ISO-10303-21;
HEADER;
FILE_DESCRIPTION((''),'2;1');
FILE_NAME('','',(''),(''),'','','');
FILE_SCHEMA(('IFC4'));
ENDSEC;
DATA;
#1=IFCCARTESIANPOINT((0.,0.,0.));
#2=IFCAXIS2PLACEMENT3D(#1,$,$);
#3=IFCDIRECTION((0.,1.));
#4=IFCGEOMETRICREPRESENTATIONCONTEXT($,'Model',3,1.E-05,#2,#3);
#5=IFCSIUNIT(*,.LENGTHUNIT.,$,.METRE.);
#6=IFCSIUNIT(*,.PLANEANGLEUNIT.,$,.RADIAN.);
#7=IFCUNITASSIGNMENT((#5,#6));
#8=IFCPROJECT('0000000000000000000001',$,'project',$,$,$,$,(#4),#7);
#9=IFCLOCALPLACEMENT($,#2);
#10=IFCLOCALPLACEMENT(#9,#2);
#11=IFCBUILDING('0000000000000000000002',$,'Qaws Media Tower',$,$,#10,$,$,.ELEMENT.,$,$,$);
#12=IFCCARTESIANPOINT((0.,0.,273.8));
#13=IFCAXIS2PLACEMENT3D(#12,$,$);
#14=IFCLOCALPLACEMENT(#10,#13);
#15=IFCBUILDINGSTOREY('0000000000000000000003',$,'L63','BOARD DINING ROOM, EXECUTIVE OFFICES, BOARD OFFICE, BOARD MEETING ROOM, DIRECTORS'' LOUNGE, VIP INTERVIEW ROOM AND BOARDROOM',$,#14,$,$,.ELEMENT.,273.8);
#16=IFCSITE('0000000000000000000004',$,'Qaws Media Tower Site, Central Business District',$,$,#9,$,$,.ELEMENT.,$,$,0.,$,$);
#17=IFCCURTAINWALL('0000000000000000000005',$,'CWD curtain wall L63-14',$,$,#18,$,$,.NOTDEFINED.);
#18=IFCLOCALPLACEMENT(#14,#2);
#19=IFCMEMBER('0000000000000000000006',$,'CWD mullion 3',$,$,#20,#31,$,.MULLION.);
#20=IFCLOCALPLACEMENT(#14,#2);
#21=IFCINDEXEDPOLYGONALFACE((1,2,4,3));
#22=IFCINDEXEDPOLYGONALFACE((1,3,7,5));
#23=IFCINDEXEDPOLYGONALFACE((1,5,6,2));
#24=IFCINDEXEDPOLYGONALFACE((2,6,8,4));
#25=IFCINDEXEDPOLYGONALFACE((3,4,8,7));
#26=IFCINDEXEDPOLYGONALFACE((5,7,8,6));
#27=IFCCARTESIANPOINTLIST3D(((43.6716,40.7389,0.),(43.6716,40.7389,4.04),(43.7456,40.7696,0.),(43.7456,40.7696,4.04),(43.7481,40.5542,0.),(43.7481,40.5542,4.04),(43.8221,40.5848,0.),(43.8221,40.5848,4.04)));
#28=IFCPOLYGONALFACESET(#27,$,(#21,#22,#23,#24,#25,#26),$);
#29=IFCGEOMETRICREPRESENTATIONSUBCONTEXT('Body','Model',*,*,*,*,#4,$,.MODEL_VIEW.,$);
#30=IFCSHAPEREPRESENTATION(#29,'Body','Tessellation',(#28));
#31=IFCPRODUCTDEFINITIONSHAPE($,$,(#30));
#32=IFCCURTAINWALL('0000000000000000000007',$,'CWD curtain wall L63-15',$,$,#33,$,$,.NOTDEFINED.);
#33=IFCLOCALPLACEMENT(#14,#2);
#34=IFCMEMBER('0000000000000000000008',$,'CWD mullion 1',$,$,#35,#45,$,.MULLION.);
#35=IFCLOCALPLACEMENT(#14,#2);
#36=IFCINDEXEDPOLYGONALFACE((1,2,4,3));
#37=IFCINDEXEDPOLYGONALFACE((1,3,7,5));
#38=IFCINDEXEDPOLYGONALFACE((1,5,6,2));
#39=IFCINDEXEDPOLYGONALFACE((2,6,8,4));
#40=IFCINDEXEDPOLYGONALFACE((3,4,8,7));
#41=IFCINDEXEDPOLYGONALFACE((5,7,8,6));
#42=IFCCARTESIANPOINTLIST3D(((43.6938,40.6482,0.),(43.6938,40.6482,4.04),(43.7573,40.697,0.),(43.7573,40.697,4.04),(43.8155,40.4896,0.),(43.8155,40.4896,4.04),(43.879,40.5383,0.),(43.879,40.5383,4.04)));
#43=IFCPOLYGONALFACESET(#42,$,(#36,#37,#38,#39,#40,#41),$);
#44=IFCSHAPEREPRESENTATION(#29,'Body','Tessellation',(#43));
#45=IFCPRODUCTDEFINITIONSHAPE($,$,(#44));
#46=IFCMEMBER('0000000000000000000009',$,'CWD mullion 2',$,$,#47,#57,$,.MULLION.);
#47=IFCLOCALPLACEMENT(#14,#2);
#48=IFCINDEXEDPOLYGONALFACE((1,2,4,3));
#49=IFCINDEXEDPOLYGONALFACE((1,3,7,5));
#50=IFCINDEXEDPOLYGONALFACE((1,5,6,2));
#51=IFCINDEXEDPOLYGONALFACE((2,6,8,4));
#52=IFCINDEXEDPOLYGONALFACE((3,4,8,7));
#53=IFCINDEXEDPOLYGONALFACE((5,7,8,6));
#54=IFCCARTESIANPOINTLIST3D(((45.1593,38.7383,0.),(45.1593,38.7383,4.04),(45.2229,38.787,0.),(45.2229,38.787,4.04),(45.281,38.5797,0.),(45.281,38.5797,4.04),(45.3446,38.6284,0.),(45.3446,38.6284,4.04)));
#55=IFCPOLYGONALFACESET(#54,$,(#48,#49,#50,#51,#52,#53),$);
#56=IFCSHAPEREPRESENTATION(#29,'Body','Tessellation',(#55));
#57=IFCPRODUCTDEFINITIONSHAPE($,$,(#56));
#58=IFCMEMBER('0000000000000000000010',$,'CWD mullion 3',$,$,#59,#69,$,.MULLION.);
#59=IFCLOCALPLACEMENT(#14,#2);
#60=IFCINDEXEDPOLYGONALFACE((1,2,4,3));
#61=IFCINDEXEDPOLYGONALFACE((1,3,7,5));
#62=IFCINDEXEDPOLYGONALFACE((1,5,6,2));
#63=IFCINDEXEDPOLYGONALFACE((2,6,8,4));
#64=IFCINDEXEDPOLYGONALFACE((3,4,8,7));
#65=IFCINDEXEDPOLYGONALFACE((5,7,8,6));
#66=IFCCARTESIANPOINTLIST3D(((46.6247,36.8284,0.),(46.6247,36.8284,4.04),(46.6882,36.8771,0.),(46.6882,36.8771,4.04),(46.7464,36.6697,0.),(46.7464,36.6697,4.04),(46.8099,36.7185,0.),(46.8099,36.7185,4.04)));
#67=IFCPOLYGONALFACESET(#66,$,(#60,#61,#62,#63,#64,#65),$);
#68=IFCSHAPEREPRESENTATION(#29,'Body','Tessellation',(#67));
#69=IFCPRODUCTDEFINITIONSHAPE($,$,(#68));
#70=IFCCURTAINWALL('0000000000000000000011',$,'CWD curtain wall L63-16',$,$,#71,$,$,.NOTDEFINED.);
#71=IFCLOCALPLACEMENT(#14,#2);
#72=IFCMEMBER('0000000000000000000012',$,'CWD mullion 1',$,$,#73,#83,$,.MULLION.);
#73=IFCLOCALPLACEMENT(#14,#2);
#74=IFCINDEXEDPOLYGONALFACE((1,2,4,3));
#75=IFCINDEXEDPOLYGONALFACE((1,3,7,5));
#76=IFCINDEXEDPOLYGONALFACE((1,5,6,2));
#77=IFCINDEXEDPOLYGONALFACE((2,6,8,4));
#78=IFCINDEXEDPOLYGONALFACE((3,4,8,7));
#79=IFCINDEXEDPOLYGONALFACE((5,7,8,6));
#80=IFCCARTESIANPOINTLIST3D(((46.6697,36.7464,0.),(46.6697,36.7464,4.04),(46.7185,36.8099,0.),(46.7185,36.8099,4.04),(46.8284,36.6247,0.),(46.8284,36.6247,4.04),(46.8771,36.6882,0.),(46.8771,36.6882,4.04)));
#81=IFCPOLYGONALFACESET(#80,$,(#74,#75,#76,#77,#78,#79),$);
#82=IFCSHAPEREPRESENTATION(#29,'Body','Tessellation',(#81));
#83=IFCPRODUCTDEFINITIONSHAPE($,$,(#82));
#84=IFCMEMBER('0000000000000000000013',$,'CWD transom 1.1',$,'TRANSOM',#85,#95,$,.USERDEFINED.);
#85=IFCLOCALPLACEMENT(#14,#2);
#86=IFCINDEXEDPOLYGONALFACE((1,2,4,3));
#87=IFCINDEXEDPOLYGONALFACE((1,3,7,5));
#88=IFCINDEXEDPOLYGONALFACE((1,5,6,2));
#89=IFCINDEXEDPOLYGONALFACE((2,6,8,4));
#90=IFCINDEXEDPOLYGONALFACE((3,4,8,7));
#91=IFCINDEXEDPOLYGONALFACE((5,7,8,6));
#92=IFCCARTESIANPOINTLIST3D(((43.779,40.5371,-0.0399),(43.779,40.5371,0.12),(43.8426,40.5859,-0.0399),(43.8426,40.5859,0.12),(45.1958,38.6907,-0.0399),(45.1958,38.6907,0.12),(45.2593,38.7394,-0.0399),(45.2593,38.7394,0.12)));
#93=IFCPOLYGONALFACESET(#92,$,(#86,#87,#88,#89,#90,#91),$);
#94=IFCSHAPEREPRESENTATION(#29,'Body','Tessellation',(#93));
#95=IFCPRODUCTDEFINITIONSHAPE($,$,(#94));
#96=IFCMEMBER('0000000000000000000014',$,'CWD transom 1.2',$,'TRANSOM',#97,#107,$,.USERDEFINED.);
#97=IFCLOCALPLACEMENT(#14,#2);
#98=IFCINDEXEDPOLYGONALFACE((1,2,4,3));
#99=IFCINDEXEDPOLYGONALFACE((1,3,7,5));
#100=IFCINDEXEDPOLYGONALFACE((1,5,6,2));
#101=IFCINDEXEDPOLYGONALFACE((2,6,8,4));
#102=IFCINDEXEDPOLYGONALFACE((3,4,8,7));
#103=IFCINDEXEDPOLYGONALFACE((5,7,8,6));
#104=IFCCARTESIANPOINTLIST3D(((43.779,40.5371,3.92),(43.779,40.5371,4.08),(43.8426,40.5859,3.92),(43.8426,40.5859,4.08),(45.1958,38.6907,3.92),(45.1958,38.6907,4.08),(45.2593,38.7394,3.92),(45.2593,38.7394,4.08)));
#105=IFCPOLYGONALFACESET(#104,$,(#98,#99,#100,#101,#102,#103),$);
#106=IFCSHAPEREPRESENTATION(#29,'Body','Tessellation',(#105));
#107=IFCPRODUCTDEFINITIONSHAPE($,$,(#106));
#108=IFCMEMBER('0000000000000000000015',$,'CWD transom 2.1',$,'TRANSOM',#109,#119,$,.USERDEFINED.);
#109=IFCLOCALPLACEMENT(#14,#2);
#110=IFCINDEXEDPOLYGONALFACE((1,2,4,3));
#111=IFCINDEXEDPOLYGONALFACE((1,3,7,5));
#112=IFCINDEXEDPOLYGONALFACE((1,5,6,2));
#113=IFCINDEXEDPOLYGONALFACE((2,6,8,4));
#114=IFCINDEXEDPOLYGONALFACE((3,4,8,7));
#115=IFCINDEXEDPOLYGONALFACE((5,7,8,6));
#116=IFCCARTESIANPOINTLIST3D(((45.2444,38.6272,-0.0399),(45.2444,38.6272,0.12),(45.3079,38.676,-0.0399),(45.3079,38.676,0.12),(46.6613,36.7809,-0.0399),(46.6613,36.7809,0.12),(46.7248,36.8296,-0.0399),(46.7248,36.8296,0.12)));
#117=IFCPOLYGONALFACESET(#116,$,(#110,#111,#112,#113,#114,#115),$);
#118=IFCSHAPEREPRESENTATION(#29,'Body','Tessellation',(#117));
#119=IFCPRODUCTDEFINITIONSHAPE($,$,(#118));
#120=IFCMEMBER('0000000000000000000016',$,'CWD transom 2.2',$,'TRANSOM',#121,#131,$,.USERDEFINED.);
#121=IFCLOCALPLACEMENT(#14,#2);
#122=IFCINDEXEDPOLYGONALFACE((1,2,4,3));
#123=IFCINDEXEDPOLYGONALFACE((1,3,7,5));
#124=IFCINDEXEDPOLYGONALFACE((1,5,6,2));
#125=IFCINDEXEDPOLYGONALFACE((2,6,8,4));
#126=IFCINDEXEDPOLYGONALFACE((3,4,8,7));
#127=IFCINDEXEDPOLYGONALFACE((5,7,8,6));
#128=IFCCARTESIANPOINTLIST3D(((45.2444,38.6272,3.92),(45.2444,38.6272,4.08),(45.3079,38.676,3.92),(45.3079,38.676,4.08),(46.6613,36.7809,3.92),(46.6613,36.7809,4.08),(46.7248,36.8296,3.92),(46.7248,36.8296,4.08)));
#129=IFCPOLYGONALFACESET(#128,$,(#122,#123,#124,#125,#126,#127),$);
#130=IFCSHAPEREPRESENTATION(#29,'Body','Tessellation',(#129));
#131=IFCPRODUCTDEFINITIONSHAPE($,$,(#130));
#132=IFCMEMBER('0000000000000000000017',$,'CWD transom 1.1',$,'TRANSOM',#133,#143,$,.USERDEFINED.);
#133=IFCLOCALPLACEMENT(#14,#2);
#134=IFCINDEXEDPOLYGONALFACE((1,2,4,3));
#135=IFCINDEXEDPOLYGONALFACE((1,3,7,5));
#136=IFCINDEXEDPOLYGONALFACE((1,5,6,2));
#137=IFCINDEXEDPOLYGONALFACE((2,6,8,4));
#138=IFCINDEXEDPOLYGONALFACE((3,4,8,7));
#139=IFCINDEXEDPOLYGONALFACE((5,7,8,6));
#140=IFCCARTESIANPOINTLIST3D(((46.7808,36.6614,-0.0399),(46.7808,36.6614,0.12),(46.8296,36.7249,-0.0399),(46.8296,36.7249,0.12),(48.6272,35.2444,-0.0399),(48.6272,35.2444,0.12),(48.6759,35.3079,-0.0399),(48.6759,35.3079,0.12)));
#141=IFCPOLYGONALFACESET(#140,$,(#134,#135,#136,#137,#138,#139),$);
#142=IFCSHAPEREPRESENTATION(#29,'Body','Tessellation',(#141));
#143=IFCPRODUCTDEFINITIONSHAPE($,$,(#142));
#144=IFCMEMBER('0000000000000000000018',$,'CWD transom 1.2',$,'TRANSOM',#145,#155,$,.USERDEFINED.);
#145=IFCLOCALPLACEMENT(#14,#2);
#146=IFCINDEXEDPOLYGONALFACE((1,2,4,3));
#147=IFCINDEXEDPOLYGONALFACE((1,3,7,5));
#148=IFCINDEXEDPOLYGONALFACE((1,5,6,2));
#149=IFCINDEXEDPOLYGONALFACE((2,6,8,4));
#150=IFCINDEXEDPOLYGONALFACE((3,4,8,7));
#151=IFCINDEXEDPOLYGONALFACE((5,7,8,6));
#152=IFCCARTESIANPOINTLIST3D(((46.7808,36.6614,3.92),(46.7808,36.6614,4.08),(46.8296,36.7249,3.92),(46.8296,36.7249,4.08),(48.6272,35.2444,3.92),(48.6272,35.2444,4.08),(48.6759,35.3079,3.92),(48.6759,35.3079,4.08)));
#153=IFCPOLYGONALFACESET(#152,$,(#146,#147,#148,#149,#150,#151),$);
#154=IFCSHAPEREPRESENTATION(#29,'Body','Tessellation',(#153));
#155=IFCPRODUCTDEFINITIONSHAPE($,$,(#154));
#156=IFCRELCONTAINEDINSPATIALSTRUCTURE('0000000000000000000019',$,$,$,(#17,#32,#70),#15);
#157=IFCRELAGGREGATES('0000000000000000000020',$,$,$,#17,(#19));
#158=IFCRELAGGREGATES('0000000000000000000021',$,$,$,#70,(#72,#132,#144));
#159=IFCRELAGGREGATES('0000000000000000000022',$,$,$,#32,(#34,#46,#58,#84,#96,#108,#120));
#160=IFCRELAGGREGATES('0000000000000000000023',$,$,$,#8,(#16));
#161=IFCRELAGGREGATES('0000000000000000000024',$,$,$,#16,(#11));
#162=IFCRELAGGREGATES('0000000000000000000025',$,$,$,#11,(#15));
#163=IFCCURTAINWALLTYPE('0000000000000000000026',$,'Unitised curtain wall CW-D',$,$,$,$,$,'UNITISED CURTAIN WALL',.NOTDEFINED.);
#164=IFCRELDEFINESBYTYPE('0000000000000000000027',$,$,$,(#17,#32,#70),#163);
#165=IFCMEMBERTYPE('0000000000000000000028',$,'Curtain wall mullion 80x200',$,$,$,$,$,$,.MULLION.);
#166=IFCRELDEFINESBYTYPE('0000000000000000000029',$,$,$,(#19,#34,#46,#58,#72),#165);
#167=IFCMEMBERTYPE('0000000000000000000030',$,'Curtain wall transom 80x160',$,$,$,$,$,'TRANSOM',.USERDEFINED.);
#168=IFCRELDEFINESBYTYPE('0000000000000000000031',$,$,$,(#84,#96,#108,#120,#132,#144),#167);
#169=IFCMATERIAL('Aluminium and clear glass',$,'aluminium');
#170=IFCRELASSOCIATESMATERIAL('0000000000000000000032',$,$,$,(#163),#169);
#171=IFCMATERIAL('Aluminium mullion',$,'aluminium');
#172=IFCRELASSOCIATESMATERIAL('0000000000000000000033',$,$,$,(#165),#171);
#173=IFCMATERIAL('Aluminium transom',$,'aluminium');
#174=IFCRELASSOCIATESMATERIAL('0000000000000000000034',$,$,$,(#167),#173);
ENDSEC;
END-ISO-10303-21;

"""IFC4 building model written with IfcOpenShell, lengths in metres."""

from ifc_helpers import new_model, si_unit, direction, frame, origin, origin_2d, place, context, subcontext, project, spatial, rectangle, extrude, material, material_profile, profile_set, type_object, element, aggregate, save


model = new_model("IFC4")

# Units and contexts
model_context = context("Model", 3, precision=1e-05, world=origin(), true_north=direction((0.0, 1.0)))
body_context = subcontext(model_context, "Body", "Model", "MODEL_VIEW")
ifc_project = project(units=[si_unit("LENGTHUNIT", "METRE"), si_unit("PLANEANGLEUNIT", "RADIAN")], contexts=[model_context])

# Site, building, storey
site_placement = place(None, origin())
site = spatial("IfcSite", under=ifc_project, at=site_placement, Name="Qaws Media Tower Site, Central Business District", CompositionType="ELEMENT", RefElevation=0.0)
building_placement = place(site_placement, origin())
building = spatial("IfcBuilding", under=site, at=building_placement, Name="Qaws Media Tower", CompositionType="ELEMENT")
storey_placement = place(building_placement, frame((0.0, 0.0, 273.8)))
storey = spatial("IfcBuildingStorey", under=building, at=storey_placement, Name="L63", Description="BOARD DINING ROOM, EXECUTIVE OFFICES, BOARD OFFICE, BOARD MEETING ROOM, DIRECTORS' LOUNGE, VIP INTERVIEW ROOM AND BOARDROOM", CompositionType="ELEMENT", Elevation=273.8)

# Curtain wall, member
ifc_material_1 = material(Name="Aluminium and clear glass", Category="aluminium")
curtain_wall_type = type_object("IfcCurtainWallType", Name="Unitised curtain wall CW-D", ElementType="UNITISED CURTAIN WALL", PredefinedType="NOTDEFINED", material=ifc_material_1)
curtain_wall_1_placement = place(storey_placement, origin())
curtain_wall_1 = element("IfcCurtainWall", 1, at=curtain_wall_1_placement, inside=storey, type_object=curtain_wall_type, Name="CWD curtain wall L63-14", PredefinedType="NOTDEFINED")
ifc_material_2 = material(Name="Aluminium mullion", Category="aluminium")
ifc_material_profile_1 = material_profile(ifc_material_2, rectangle(XDim=0.0801, YDim=0.2, at=origin_2d()), Name="80x200")
ifc_profile_set_1 = profile_set([ifc_material_profile_1], Name="Aluminium mullion")
member_type_1 = type_object("IfcMemberType", Name="Curtain wall mullion 80x200", PredefinedType="MULLION", material=ifc_profile_set_1)
member_1_placement = place(storey_placement, frame((43.7468, 40.6619, 0.0), z_axis=(0.0, 0.0, 1.0), x_axis=(0.92388, 0.382683, 0.0)))
member_1 = element("IfcMember", 2, at=member_1_placement, type_object=member_type_1, Name="CWD mullion 3", PredefinedType="MULLION", context=body_context, shape_type="SweptSolid", body=[
    extrude(rectangle(XDim=0.0801, YDim=0.2, at=origin_2d()), origin(), (0.0, 0.0, 1.0), 4.04),
])
aggregate(curtain_wall_1, [member_1])

# Curtain wall, members
curtain_wall_2_placement = place(storey_placement, origin())
curtain_wall_2 = element("IfcCurtainWall", 3, at=curtain_wall_2_placement, inside=storey, type_object=curtain_wall_type, Name="CWD curtain wall L63-15", PredefinedType="NOTDEFINED")
member_2_placement = place(storey_placement, frame((43.7864, 40.5933, 0.0), z_axis=(0.0, 0.0, 1.0), x_axis=(0.793353, 0.608761, 0.0)))
member_2 = element("IfcMember", 4, at=member_2_placement, type_object=member_type_1, Name="CWD mullion 1", PredefinedType="MULLION", context=body_context, shape_type="SweptSolid", body=[
    extrude(rectangle(XDim=0.0801, YDim=0.2, at=origin_2d()), origin(), (0.0, 0.0, 1.0), 4.04),
])
member_3_placement = place(storey_placement, frame((45.252, 38.6833, 0.0), z_axis=(0.0, 0.0, 1.0), x_axis=(0.793353, 0.608761, 0.0)))
member_3 = element("IfcMember", 5, at=member_3_placement, type_object=member_type_1, Name="CWD mullion 2", PredefinedType="MULLION", context=body_context, shape_type="SweptSolid", body=[
    extrude(rectangle(XDim=0.0801, YDim=0.2, at=origin_2d()), origin(), (0.0, 0.0, 1.0), 4.04),
])
member_4_placement = place(storey_placement, frame((46.7173, 36.7734, 0.0), z_axis=(0.0, 0.0, 1.0), x_axis=(0.793353, 0.608761, 0.0)))
member_4 = element("IfcMember", 6, at=member_4_placement, type_object=member_type_1, Name="CWD mullion 3", PredefinedType="MULLION", context=body_context, shape_type="SweptSolid", body=[
    extrude(rectangle(XDim=0.0801, YDim=0.2, at=origin_2d()), origin(), (0.0, 0.0, 1.0), 4.04),
])

# Curtain wall, member
curtain_wall_3_placement = place(storey_placement, origin())
curtain_wall_3 = element("IfcCurtainWall", 7, at=curtain_wall_3_placement, inside=storey, type_object=curtain_wall_type, Name="CWD curtain wall L63-16", PredefinedType="NOTDEFINED")
member_5_placement = place(storey_placement, frame((46.7734, 36.7173, 0.0), z_axis=(0.0, 0.0, 1.0), x_axis=(0.608761, 0.793353, 0.0)))
member_5 = element("IfcMember", 8, at=member_5_placement, type_object=member_type_1, Name="CWD mullion 1", PredefinedType="MULLION", context=body_context, shape_type="SweptSolid", body=[
    extrude(rectangle(XDim=0.0801, YDim=0.2, at=origin_2d()), origin(), (0.0, 0.0, 1.0), 4.04),
])

# Members
ifc_material_3 = material(Name="Aluminium transom", Category="aluminium")
ifc_material_profile_2 = material_profile(ifc_material_3, rectangle(XDim=0.0801, YDim=0.1599, at=origin_2d()), Name="80x160")
ifc_profile_set_2 = profile_set([ifc_material_profile_2], Name="Aluminium transom")
member_type_2 = type_object("IfcMemberType", Name="Curtain wall transom 80x160", ElementType="TRANSOM", PredefinedType="USERDEFINED", material=ifc_profile_set_2)
member_6_placement = place(storey_placement, frame((43.8108, 40.5615, 0.04), z_axis=(0.608742, -0.793368, 0.0), x_axis=(0.793368, 0.608742, 0.0)))
member_6 = element("IfcMember", 9, at=member_6_placement, type_object=member_type_2, Name="CWD transom 1.1", ObjectType="TRANSOM", PredefinedType="USERDEFINED", context=body_context, shape_type="SweptSolid", body=[
    extrude(rectangle(XDim=0.0801, YDim=0.1599, at=origin_2d()), origin(), (0.0, 0.0, 1.0), 2.3274),
])
member_7_placement = place(storey_placement, frame((43.8108, 40.5615, 4.0), z_axis=(0.608742, -0.793368, 0.0), x_axis=(0.793368, 0.608742, 0.0)))
member_7 = element("IfcMember", 10, at=member_7_placement, type_object=member_type_2, Name="CWD transom 1.2", ObjectType="TRANSOM", PredefinedType="USERDEFINED", context=body_context, shape_type="SweptSolid", body=[
    extrude(rectangle(XDim=0.0801, YDim=0.1599, at=origin_2d()), origin(), (0.0, 0.0, 1.0), 2.3274),
])
member_8_placement = place(storey_placement, frame((45.2761, 38.6516, 0.04), z_axis=(0.608808, -0.793318, 0.0), x_axis=(0.793318, 0.608808, 0.0)))
member_8 = element("IfcMember", 11, at=member_8_placement, type_object=member_type_2, Name="CWD transom 2.1", ObjectType="TRANSOM", PredefinedType="USERDEFINED", context=body_context, shape_type="SweptSolid", body=[
    extrude(rectangle(XDim=0.0801, YDim=0.1599, at=origin_2d()), origin(), (0.0, 0.0, 1.0), 2.3274),
])
member_9_placement = place(storey_placement, frame((45.2761, 38.6516, 4.0), z_axis=(0.608808, -0.793318, 0.0), x_axis=(0.793318, 0.608808, 0.0)))
member_9 = element("IfcMember", 12, at=member_9_placement, type_object=member_type_2, Name="CWD transom 2.2", ObjectType="TRANSOM", PredefinedType="USERDEFINED", context=body_context, shape_type="SweptSolid", body=[
    extrude(rectangle(XDim=0.0801, YDim=0.1599, at=origin_2d()), origin(), (0.0, 0.0, 1.0), 2.3274),
])
member_10_placement = place(storey_placement, frame((46.8052, 36.6931, 0.04), z_axis=(0.793318, -0.608808, 0.0), x_axis=(0.608808, 0.793318, 0.0)))
member_10 = element("IfcMember", 13, at=member_10_placement, type_object=member_type_2, Name="CWD transom 1.1", ObjectType="TRANSOM", PredefinedType="USERDEFINED", context=body_context, shape_type="SweptSolid", body=[
    extrude(rectangle(XDim=0.0801, YDim=0.1599, at=origin_2d()), origin(), (0.0, 0.0, 1.0), 2.3274),
])
member_11_placement = place(storey_placement, frame((46.8052, 36.6931, 4.0), z_axis=(0.793318, -0.608808, 0.0), x_axis=(0.608808, 0.793318, 0.0)))
member_11 = element("IfcMember", 14, at=member_11_placement, type_object=member_type_2, Name="CWD transom 1.2", ObjectType="TRANSOM", PredefinedType="USERDEFINED", context=body_context, shape_type="SweptSolid", body=[
    extrude(rectangle(XDim=0.0801, YDim=0.1599, at=origin_2d()), origin(), (0.0, 0.0, 1.0), 2.3274),
])
aggregate(curtain_wall_3, [member_5, member_10, member_11])

aggregate(curtain_wall_2, [member_2, member_3, member_4, member_6, member_7, member_8, member_9])

save(model, "model.ifc")
